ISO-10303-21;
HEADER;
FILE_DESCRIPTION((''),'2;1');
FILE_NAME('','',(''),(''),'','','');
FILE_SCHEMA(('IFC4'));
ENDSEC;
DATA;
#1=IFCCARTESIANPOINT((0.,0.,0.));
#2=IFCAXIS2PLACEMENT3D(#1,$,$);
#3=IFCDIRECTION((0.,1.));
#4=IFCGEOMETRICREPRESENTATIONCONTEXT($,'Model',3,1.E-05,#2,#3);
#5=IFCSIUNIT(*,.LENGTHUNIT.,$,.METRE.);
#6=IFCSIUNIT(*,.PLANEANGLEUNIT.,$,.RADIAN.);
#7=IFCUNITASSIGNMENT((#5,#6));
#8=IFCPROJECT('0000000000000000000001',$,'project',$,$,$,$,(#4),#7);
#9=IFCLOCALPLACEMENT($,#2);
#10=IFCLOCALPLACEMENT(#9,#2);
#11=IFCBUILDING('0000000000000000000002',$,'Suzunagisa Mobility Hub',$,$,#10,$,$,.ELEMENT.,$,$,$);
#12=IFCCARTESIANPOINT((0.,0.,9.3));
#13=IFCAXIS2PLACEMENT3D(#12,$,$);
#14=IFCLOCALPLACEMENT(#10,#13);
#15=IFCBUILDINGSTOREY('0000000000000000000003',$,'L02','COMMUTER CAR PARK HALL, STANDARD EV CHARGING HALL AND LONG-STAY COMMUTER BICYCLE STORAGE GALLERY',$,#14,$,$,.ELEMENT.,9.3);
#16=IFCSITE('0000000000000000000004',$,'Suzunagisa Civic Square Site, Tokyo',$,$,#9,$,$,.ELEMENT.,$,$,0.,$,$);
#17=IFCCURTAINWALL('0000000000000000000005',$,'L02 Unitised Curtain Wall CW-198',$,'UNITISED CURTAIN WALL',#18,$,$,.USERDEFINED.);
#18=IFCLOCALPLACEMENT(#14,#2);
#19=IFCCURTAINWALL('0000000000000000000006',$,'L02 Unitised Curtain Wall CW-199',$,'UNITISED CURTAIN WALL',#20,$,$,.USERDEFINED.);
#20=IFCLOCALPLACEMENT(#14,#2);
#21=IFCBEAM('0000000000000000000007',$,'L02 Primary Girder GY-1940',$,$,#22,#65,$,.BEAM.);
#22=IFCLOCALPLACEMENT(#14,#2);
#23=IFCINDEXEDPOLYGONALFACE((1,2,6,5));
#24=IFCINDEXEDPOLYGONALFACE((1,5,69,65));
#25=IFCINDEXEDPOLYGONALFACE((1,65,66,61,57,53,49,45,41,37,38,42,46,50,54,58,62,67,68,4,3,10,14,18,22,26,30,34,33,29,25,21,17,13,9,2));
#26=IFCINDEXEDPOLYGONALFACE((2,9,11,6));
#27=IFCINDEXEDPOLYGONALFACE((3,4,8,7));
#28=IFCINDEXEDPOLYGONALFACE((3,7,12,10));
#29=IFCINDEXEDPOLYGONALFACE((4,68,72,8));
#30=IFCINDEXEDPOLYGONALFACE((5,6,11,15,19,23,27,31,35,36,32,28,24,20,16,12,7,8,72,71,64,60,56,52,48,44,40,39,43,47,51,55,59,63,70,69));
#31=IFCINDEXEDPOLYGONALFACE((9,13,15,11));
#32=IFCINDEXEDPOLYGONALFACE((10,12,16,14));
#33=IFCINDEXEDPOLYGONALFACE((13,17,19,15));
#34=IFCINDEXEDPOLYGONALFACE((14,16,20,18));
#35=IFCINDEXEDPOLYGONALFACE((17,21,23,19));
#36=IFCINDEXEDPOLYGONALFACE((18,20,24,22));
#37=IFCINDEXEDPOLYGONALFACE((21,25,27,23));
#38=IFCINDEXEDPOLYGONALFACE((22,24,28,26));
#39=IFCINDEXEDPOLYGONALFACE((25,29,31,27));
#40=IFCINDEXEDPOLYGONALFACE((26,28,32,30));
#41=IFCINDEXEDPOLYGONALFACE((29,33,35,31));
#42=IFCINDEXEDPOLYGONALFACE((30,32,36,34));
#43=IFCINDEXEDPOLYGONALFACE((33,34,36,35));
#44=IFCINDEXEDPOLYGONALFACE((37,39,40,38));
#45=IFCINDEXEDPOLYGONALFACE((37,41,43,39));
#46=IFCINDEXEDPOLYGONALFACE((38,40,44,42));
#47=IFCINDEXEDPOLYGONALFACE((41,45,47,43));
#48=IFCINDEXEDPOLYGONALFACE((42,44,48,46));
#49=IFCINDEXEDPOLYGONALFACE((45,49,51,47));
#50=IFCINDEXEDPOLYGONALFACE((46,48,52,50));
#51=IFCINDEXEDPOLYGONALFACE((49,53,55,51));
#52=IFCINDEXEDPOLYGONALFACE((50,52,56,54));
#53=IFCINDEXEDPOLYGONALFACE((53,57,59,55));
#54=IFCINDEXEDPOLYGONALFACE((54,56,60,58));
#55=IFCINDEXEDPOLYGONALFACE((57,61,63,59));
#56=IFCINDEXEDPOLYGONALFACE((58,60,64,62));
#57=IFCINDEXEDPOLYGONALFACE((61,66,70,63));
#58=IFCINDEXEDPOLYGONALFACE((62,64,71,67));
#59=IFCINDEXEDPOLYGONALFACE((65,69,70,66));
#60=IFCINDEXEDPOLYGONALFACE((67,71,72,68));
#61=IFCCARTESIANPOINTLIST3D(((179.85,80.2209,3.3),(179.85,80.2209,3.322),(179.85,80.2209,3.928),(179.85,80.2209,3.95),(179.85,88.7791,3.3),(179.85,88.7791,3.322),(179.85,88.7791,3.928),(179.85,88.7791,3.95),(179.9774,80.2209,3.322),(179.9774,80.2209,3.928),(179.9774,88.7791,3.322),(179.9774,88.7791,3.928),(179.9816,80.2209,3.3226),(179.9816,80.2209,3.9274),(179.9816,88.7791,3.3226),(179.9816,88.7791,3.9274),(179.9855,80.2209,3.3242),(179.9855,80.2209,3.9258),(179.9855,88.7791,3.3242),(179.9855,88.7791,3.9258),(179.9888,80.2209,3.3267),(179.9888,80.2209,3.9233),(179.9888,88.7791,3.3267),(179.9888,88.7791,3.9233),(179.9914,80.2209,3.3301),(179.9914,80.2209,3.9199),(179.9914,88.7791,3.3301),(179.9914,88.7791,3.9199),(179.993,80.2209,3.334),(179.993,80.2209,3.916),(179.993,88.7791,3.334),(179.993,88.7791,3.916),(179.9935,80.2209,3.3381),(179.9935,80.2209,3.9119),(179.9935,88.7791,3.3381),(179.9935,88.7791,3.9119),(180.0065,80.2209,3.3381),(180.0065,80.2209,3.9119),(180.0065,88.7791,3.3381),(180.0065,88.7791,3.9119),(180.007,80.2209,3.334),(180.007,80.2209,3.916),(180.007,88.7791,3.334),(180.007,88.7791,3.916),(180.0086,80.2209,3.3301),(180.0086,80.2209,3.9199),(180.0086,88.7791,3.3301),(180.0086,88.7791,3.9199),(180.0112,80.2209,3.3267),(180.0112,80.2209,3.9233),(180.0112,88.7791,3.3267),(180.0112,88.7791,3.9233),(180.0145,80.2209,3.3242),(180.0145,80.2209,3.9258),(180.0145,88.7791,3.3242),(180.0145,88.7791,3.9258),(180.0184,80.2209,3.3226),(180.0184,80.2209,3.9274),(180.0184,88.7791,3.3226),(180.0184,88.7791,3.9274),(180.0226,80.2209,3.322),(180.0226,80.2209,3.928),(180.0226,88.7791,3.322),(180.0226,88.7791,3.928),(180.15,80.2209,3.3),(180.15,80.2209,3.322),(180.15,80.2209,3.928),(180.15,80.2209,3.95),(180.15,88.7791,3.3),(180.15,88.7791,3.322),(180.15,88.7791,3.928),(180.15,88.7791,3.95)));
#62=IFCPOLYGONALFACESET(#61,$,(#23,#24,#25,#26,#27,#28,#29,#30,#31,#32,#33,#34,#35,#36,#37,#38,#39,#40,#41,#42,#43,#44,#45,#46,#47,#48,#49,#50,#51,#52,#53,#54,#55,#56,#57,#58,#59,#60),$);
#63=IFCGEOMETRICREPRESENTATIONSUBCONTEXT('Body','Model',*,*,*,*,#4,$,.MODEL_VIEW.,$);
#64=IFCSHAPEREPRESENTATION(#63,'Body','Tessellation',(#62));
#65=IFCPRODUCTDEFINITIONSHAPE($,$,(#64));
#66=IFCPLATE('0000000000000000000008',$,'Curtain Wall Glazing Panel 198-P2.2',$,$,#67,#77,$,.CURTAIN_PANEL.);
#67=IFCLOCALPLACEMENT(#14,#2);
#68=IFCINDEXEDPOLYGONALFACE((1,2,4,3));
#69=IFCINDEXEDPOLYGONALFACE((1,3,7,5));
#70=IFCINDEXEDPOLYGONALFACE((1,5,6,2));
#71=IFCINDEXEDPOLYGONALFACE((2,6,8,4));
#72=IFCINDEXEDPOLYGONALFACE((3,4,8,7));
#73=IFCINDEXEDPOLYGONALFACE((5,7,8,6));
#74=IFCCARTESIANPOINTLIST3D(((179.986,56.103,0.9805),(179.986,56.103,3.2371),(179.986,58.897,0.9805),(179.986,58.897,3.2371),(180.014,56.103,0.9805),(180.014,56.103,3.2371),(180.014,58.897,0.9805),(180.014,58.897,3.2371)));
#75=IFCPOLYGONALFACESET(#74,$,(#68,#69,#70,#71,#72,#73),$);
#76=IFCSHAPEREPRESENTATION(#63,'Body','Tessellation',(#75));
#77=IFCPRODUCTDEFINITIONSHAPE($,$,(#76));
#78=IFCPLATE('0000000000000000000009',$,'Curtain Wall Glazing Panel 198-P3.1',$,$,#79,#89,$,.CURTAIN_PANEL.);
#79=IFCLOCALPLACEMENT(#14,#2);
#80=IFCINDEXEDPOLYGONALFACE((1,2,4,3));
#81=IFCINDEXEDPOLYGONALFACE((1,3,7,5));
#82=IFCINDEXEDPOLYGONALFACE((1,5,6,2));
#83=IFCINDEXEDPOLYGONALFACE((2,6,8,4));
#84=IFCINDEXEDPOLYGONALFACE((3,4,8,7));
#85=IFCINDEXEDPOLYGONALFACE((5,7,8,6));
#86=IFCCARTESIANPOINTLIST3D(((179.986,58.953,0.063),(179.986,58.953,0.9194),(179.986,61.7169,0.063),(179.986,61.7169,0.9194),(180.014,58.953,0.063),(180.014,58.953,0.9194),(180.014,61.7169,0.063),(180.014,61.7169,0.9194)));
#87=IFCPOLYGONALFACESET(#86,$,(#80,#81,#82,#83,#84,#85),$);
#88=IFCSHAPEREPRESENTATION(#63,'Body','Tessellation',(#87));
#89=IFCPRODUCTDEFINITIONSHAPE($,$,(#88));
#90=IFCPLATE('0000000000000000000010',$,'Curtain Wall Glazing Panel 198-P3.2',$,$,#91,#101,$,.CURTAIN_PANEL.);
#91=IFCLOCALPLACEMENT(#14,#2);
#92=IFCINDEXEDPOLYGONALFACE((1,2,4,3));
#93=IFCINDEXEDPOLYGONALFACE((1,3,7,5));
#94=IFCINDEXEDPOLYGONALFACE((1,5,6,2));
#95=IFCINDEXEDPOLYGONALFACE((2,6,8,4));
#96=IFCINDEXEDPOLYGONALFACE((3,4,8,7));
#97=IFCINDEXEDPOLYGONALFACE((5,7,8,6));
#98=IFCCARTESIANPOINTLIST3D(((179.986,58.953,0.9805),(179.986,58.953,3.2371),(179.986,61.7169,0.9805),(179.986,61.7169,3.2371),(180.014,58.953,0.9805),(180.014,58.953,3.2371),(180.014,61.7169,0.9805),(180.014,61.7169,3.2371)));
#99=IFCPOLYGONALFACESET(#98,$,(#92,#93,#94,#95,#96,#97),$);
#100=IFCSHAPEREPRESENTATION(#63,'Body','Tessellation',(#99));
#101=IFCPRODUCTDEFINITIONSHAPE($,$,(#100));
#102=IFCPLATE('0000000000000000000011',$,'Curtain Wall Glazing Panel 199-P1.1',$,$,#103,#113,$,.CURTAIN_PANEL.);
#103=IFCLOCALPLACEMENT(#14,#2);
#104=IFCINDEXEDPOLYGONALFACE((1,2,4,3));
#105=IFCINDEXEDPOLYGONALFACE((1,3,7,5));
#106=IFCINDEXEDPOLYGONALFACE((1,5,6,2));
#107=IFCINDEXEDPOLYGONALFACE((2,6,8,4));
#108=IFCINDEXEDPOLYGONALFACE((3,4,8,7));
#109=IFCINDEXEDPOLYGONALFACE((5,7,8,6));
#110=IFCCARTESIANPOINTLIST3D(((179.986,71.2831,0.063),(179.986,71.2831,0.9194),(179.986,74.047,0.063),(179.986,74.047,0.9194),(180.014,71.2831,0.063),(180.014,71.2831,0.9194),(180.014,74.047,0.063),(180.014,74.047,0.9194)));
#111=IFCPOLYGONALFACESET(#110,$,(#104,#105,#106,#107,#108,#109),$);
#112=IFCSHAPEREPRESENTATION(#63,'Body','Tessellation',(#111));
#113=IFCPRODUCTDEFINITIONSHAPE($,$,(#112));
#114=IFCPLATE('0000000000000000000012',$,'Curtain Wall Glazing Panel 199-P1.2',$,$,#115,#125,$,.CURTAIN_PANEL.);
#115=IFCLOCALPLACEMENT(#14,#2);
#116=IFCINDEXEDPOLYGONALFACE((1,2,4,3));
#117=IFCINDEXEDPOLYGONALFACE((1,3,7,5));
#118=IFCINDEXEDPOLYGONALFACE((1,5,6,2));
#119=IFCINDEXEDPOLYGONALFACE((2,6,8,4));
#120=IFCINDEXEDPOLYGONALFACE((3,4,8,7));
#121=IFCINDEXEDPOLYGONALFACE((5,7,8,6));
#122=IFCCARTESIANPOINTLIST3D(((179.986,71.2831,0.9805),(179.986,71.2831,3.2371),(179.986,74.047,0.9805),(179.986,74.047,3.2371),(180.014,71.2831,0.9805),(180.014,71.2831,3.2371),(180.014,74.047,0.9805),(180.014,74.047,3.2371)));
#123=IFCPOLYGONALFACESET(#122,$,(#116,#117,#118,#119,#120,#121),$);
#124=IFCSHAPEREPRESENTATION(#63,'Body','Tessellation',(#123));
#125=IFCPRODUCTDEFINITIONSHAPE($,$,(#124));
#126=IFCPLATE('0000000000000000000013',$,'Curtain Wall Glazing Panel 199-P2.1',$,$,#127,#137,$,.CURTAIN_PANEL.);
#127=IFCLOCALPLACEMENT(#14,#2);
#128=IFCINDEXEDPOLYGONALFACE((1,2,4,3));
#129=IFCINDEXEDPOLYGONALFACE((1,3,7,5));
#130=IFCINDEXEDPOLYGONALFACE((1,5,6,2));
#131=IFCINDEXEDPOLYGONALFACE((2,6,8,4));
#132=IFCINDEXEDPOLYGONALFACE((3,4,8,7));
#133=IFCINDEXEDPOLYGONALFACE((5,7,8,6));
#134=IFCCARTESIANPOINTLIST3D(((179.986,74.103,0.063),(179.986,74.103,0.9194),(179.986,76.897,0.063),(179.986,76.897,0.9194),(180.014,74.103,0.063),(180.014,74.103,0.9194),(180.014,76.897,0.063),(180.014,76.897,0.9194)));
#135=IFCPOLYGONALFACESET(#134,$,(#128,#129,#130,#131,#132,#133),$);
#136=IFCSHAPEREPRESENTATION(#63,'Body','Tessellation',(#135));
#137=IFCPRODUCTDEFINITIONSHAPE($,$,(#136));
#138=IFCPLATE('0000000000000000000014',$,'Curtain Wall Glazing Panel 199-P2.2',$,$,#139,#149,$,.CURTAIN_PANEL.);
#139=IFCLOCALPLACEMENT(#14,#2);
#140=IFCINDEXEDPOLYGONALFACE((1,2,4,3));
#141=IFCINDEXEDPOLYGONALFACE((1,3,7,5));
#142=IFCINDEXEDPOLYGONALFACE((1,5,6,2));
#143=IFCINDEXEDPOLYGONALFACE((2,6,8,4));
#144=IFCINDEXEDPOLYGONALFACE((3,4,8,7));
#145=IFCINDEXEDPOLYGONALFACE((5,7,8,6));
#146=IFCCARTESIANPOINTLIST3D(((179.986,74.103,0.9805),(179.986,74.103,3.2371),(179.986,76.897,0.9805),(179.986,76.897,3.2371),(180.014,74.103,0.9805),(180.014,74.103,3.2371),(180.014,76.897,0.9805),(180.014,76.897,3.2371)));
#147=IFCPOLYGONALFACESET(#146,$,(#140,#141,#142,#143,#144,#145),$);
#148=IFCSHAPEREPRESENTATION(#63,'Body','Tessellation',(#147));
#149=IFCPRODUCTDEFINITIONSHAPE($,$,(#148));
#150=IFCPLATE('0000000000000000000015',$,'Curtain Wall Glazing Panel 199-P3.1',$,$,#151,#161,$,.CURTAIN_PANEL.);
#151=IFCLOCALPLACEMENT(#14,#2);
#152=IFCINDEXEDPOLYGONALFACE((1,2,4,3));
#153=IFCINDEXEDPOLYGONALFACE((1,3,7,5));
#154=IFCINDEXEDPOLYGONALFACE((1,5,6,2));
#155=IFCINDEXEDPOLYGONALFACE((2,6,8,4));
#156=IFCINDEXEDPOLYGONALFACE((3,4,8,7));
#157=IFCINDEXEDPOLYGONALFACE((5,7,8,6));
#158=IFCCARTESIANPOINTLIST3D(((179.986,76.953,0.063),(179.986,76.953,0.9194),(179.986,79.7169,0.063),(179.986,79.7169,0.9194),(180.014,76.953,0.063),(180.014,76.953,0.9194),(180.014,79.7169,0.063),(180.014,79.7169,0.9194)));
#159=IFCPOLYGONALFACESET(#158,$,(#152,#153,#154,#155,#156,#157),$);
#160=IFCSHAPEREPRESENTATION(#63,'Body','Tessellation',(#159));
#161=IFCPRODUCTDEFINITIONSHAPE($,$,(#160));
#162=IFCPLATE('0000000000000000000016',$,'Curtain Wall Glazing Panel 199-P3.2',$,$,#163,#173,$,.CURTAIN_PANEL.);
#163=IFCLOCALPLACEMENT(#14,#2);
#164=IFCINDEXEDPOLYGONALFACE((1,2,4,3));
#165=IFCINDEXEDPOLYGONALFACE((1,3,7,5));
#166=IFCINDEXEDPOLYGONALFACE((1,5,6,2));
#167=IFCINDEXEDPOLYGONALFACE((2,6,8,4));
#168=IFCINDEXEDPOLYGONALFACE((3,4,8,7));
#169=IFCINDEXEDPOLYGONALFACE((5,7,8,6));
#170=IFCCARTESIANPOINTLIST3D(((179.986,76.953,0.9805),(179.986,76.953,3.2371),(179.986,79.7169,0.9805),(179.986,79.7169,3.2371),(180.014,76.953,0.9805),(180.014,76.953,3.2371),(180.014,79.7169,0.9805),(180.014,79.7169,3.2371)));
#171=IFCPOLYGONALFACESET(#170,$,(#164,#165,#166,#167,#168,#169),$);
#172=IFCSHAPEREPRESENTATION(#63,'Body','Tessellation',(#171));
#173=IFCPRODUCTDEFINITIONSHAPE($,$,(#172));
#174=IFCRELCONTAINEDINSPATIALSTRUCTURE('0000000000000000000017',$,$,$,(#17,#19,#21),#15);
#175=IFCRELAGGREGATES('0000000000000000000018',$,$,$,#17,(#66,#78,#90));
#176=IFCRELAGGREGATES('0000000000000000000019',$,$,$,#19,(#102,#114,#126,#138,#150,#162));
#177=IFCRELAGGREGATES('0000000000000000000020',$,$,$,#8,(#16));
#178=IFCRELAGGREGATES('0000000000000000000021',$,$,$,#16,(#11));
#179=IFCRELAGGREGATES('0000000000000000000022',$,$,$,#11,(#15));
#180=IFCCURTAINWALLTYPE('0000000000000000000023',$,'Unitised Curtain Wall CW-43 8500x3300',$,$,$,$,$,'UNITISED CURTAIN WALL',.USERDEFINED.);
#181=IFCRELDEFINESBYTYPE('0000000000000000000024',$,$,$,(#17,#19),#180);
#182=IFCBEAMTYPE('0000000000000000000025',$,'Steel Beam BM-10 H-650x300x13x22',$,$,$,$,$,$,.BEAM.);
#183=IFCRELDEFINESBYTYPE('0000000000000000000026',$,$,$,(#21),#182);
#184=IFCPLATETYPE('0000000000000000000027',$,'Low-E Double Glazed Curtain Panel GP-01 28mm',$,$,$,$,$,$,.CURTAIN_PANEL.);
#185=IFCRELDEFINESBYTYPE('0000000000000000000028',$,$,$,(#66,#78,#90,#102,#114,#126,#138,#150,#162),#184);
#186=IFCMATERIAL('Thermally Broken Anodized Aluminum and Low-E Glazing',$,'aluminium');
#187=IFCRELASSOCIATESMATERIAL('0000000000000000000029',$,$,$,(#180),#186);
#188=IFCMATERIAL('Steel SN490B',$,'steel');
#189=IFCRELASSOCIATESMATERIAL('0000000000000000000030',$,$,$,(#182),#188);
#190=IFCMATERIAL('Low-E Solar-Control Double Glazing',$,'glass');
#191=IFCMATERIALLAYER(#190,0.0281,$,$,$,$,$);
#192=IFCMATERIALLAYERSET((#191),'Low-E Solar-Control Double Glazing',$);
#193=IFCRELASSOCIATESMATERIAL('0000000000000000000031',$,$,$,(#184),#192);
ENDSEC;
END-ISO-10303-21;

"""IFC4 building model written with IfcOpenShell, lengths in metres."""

from ifc_helpers import new_model, si_unit, direction, frame, origin, origin_2d, place, context, subcontext, project, spatial, rectangle, i_section, extrude, material, layer, layer_set, material_profile, profile_set, type_object, element, aggregate, save


model = new_model("IFC4")

# Units and contexts
model_context = context("Model", 3, precision=1e-05, world=origin(), true_north=direction((0.0, 1.0)))
body_context = subcontext(model_context, "Body", "Model", "MODEL_VIEW")
ifc_project = project(units=[si_unit("LENGTHUNIT", "METRE"), si_unit("PLANEANGLEUNIT", "RADIAN")], contexts=[model_context])

# Site, building, storey
site_placement = place(None, origin())
site = spatial("IfcSite", under=ifc_project, at=site_placement, Name="Suzunagisa Civic Square Site, Tokyo", CompositionType="ELEMENT", RefElevation=0.0)
building_placement = place(site_placement, origin())
building = spatial("IfcBuilding", under=site, at=building_placement, Name="Suzunagisa Mobility Hub", CompositionType="ELEMENT")
storey_placement = place(building_placement, frame((0.0, 0.0, 9.3)))
storey = spatial("IfcBuildingStorey", under=building, at=storey_placement, Name="L02", Description="COMMUTER CAR PARK HALL, STANDARD EV CHARGING HALL AND LONG-STAY COMMUTER BICYCLE STORAGE GALLERY", CompositionType="ELEMENT", Elevation=9.3)

# Shared definitions
ifc_material_1 = material(Name="Steel SN490B", Category="steel")

# Curtain walls
ifc_material_2 = material(Name="Thermally Broken Anodized Aluminum and Low-E Glazing", Category="aluminium")
curtain_wall_type = type_object("IfcCurtainWallType", Name="Unitised Curtain Wall CW-43 8500x3300", ElementType="UNITISED CURTAIN WALL", PredefinedType="USERDEFINED", material=ifc_material_2)
curtain_wall_1_placement = place(storey_placement, origin())
curtain_wall_1 = element("IfcCurtainWall", 1, at=curtain_wall_1_placement, inside=storey, type_object=curtain_wall_type, Name="L02 Unitised Curtain Wall CW-198", ObjectType="UNITISED CURTAIN WALL", PredefinedType="USERDEFINED")
curtain_wall_2_placement = place(storey_placement, origin())
curtain_wall_2 = element("IfcCurtainWall", 2, at=curtain_wall_2_placement, inside=storey, type_object=curtain_wall_type, Name="L02 Unitised Curtain Wall CW-199", ObjectType="UNITISED CURTAIN WALL", PredefinedType="USERDEFINED")

# Beam
ifc_material_profile_1 = material_profile(ifc_material_1, i_section(OverallWidth=0.3, OverallDepth=0.6499, WebThickness=0.0129, FlangeThickness=0.022, FilletRadius=0.0161, at=origin_2d()), Name="H-650x300x13x22")
ifc_profile_set_1 = profile_set([ifc_material_profile_1], Name="Steel SN490B")
beam_type = type_object("IfcBeamType", Name="Steel Beam BM-10 H-650x300x13x22", PredefinedType="BEAM", material=ifc_profile_set_1)
for number, where, z_axis, x_axis, name in (
    (3, (180.0, 80.2209, 3.625), (0.0, 1.0, 0.0), (-1.0, 0.0, 0.0), "L02 Primary Girder GY-1940"),
):
    element("IfcBeam", number, at=place(storey_placement, frame(where, z_axis=z_axis, x_axis=x_axis)), inside=storey, type_object=beam_type, Name=name, PredefinedType="BEAM", context=body_context, shape_type="SweptSolid", body=[
        extrude(i_section(OverallWidth=0.3, OverallDepth=0.6499, WebThickness=0.0129, FlangeThickness=0.022, FilletRadius=0.0161, at=origin_2d()), origin(), (0.0, 0.0, 1.0), 8.5581),
    ])

# Plates
ifc_material_3 = material(Name="Low-E Solar-Control Double Glazing", Category="glass")
ifc_layer_1 = layer(ifc_material_3, 0.0281)
ifc_layer_set_1 = layer_set([ifc_layer_1], Name="Low-E Solar-Control Double Glazing")
plate_type = type_object("IfcPlateType", Name="Low-E Double Glazed Curtain Panel GP-01 28mm", PredefinedType="CURTAIN_PANEL", material=ifc_layer_set_1)
plate_1_placement = place(storey_placement, frame((180.0, 57.5, 0.9805), z_axis=(0.0, 0.0, 1.0), x_axis=(0.0, 1.0, 0.0)))
plate_1 = element("IfcPlate", 4, at=plate_1_placement, type_object=plate_type, Name="Curtain Wall Glazing Panel 198-P2.2", PredefinedType="CURTAIN_PANEL", context=body_context, shape_type="SweptSolid", body=[
    extrude(rectangle(XDim=2.7939, YDim=0.0281, at=origin_2d()), origin(), (0.0, 0.0, 1.0), 2.2566),
])
plate_2_placement = place(storey_placement, frame((180.0, 60.335, 0.063), z_axis=(0.0, 0.0, 1.0), x_axis=(0.0, 1.0, 0.0)))
plate_2 = element("IfcPlate", 5, at=plate_2_placement, type_object=plate_type, Name="Curtain Wall Glazing Panel 198-P3.1", PredefinedType="CURTAIN_PANEL", context=body_context, shape_type="SweptSolid", body=[
    extrude(rectangle(XDim=2.7639, YDim=0.0281, at=origin_2d()), origin(), (0.0, 0.0, 1.0), 0.8564),
])
plate_3_placement = place(storey_placement, frame((180.0, 60.335, 0.9805), z_axis=(0.0, 0.0, 1.0), x_axis=(0.0, 1.0, 0.0)))
plate_3 = element("IfcPlate", 6, at=plate_3_placement, type_object=plate_type, Name="Curtain Wall Glazing Panel 198-P3.2", PredefinedType="CURTAIN_PANEL", context=body_context, shape_type="SweptSolid", body=[
    extrude(rectangle(XDim=2.7639, YDim=0.0281, at=origin_2d()), origin(), (0.0, 0.0, 1.0), 2.2566),
])
aggregate(curtain_wall_1, [plate_1, plate_2, plate_3])
plate_4_placement = place(storey_placement, frame((180.0, 72.665, 0.063), z_axis=(0.0, 0.0, 1.0), x_axis=(0.0, 1.0, 0.0)))
plate_4 = element("IfcPlate", 7, at=plate_4_placement, type_object=plate_type, Name="Curtain Wall Glazing Panel 199-P1.1", PredefinedType="CURTAIN_PANEL", context=body_context, shape_type="SweptSolid", body=[
    extrude(rectangle(XDim=2.7639, YDim=0.0281, at=origin_2d()), origin(), (0.0, 0.0, 1.0), 0.8564),
])
plate_5_placement = place(storey_placement, frame((180.0, 72.665, 0.9805), z_axis=(0.0, 0.0, 1.0), x_axis=(0.0, 1.0, 0.0)))
plate_5 = element("IfcPlate", 8, at=plate_5_placement, type_object=plate_type, Name="Curtain Wall Glazing Panel 199-P1.2", PredefinedType="CURTAIN_PANEL", context=body_context, shape_type="SweptSolid", body=[
    extrude(rectangle(XDim=2.7639, YDim=0.0281, at=origin_2d()), origin(), (0.0, 0.0, 1.0), 2.2566),
])
plate_6_placement = place(storey_placement, frame((180.0, 75.5, 0.063), z_axis=(0.0, 0.0, 1.0), x_axis=(0.0, 1.0, 0.0)))
plate_6 = element("IfcPlate", 9, at=plate_6_placement, type_object=plate_type, Name="Curtain Wall Glazing Panel 199-P2.1", PredefinedType="CURTAIN_PANEL", context=body_context, shape_type="SweptSolid", body=[
    extrude(rectangle(XDim=2.7939, YDim=0.0281, at=origin_2d()), origin(), (0.0, 0.0, 1.0), 0.8564),
])
plate_7_placement = place(storey_placement, frame((180.0, 75.5, 0.9805), z_axis=(0.0, 0.0, 1.0), x_axis=(0.0, 1.0, 0.0)))
plate_7 = element("IfcPlate", 10, at=plate_7_placement, type_object=plate_type, Name="Curtain Wall Glazing Panel 199-P2.2", PredefinedType="CURTAIN_PANEL", context=body_context, shape_type="SweptSolid", body=[
    extrude(rectangle(XDim=2.7939, YDim=0.0281, at=origin_2d()), origin(), (0.0, 0.0, 1.0), 2.2566),
])
plate_8_placement = place(storey_placement, frame((180.0, 78.335, 0.063), z_axis=(0.0, 0.0, 1.0), x_axis=(0.0, 1.0, 0.0)))
plate_8 = element("IfcPlate", 11, at=plate_8_placement, type_object=plate_type, Name="Curtain Wall Glazing Panel 199-P3.1", PredefinedType="CURTAIN_PANEL", context=body_context, shape_type="SweptSolid", body=[
    extrude(rectangle(XDim=2.7639, YDim=0.0281, at=origin_2d()), origin(), (0.0, 0.0, 1.0), 0.8564),
])
plate_9_placement = place(storey_placement, frame((180.0, 78.335, 0.9805), z_axis=(0.0, 0.0, 1.0), x_axis=(0.0, 1.0, 0.0)))
plate_9 = element("IfcPlate", 12, at=plate_9_placement, type_object=plate_type, Name="Curtain Wall Glazing Panel 199-P3.2", PredefinedType="CURTAIN_PANEL", context=body_context, shape_type="SweptSolid", body=[
    extrude(rectangle(XDim=2.7639, YDim=0.0281, at=origin_2d()), origin(), (0.0, 0.0, 1.0), 2.2566),
])
aggregate(curtain_wall_2, [plate_4, plate_5, plate_6, plate_7, plate_8, plate_9])

save(model, "model.ifc")
